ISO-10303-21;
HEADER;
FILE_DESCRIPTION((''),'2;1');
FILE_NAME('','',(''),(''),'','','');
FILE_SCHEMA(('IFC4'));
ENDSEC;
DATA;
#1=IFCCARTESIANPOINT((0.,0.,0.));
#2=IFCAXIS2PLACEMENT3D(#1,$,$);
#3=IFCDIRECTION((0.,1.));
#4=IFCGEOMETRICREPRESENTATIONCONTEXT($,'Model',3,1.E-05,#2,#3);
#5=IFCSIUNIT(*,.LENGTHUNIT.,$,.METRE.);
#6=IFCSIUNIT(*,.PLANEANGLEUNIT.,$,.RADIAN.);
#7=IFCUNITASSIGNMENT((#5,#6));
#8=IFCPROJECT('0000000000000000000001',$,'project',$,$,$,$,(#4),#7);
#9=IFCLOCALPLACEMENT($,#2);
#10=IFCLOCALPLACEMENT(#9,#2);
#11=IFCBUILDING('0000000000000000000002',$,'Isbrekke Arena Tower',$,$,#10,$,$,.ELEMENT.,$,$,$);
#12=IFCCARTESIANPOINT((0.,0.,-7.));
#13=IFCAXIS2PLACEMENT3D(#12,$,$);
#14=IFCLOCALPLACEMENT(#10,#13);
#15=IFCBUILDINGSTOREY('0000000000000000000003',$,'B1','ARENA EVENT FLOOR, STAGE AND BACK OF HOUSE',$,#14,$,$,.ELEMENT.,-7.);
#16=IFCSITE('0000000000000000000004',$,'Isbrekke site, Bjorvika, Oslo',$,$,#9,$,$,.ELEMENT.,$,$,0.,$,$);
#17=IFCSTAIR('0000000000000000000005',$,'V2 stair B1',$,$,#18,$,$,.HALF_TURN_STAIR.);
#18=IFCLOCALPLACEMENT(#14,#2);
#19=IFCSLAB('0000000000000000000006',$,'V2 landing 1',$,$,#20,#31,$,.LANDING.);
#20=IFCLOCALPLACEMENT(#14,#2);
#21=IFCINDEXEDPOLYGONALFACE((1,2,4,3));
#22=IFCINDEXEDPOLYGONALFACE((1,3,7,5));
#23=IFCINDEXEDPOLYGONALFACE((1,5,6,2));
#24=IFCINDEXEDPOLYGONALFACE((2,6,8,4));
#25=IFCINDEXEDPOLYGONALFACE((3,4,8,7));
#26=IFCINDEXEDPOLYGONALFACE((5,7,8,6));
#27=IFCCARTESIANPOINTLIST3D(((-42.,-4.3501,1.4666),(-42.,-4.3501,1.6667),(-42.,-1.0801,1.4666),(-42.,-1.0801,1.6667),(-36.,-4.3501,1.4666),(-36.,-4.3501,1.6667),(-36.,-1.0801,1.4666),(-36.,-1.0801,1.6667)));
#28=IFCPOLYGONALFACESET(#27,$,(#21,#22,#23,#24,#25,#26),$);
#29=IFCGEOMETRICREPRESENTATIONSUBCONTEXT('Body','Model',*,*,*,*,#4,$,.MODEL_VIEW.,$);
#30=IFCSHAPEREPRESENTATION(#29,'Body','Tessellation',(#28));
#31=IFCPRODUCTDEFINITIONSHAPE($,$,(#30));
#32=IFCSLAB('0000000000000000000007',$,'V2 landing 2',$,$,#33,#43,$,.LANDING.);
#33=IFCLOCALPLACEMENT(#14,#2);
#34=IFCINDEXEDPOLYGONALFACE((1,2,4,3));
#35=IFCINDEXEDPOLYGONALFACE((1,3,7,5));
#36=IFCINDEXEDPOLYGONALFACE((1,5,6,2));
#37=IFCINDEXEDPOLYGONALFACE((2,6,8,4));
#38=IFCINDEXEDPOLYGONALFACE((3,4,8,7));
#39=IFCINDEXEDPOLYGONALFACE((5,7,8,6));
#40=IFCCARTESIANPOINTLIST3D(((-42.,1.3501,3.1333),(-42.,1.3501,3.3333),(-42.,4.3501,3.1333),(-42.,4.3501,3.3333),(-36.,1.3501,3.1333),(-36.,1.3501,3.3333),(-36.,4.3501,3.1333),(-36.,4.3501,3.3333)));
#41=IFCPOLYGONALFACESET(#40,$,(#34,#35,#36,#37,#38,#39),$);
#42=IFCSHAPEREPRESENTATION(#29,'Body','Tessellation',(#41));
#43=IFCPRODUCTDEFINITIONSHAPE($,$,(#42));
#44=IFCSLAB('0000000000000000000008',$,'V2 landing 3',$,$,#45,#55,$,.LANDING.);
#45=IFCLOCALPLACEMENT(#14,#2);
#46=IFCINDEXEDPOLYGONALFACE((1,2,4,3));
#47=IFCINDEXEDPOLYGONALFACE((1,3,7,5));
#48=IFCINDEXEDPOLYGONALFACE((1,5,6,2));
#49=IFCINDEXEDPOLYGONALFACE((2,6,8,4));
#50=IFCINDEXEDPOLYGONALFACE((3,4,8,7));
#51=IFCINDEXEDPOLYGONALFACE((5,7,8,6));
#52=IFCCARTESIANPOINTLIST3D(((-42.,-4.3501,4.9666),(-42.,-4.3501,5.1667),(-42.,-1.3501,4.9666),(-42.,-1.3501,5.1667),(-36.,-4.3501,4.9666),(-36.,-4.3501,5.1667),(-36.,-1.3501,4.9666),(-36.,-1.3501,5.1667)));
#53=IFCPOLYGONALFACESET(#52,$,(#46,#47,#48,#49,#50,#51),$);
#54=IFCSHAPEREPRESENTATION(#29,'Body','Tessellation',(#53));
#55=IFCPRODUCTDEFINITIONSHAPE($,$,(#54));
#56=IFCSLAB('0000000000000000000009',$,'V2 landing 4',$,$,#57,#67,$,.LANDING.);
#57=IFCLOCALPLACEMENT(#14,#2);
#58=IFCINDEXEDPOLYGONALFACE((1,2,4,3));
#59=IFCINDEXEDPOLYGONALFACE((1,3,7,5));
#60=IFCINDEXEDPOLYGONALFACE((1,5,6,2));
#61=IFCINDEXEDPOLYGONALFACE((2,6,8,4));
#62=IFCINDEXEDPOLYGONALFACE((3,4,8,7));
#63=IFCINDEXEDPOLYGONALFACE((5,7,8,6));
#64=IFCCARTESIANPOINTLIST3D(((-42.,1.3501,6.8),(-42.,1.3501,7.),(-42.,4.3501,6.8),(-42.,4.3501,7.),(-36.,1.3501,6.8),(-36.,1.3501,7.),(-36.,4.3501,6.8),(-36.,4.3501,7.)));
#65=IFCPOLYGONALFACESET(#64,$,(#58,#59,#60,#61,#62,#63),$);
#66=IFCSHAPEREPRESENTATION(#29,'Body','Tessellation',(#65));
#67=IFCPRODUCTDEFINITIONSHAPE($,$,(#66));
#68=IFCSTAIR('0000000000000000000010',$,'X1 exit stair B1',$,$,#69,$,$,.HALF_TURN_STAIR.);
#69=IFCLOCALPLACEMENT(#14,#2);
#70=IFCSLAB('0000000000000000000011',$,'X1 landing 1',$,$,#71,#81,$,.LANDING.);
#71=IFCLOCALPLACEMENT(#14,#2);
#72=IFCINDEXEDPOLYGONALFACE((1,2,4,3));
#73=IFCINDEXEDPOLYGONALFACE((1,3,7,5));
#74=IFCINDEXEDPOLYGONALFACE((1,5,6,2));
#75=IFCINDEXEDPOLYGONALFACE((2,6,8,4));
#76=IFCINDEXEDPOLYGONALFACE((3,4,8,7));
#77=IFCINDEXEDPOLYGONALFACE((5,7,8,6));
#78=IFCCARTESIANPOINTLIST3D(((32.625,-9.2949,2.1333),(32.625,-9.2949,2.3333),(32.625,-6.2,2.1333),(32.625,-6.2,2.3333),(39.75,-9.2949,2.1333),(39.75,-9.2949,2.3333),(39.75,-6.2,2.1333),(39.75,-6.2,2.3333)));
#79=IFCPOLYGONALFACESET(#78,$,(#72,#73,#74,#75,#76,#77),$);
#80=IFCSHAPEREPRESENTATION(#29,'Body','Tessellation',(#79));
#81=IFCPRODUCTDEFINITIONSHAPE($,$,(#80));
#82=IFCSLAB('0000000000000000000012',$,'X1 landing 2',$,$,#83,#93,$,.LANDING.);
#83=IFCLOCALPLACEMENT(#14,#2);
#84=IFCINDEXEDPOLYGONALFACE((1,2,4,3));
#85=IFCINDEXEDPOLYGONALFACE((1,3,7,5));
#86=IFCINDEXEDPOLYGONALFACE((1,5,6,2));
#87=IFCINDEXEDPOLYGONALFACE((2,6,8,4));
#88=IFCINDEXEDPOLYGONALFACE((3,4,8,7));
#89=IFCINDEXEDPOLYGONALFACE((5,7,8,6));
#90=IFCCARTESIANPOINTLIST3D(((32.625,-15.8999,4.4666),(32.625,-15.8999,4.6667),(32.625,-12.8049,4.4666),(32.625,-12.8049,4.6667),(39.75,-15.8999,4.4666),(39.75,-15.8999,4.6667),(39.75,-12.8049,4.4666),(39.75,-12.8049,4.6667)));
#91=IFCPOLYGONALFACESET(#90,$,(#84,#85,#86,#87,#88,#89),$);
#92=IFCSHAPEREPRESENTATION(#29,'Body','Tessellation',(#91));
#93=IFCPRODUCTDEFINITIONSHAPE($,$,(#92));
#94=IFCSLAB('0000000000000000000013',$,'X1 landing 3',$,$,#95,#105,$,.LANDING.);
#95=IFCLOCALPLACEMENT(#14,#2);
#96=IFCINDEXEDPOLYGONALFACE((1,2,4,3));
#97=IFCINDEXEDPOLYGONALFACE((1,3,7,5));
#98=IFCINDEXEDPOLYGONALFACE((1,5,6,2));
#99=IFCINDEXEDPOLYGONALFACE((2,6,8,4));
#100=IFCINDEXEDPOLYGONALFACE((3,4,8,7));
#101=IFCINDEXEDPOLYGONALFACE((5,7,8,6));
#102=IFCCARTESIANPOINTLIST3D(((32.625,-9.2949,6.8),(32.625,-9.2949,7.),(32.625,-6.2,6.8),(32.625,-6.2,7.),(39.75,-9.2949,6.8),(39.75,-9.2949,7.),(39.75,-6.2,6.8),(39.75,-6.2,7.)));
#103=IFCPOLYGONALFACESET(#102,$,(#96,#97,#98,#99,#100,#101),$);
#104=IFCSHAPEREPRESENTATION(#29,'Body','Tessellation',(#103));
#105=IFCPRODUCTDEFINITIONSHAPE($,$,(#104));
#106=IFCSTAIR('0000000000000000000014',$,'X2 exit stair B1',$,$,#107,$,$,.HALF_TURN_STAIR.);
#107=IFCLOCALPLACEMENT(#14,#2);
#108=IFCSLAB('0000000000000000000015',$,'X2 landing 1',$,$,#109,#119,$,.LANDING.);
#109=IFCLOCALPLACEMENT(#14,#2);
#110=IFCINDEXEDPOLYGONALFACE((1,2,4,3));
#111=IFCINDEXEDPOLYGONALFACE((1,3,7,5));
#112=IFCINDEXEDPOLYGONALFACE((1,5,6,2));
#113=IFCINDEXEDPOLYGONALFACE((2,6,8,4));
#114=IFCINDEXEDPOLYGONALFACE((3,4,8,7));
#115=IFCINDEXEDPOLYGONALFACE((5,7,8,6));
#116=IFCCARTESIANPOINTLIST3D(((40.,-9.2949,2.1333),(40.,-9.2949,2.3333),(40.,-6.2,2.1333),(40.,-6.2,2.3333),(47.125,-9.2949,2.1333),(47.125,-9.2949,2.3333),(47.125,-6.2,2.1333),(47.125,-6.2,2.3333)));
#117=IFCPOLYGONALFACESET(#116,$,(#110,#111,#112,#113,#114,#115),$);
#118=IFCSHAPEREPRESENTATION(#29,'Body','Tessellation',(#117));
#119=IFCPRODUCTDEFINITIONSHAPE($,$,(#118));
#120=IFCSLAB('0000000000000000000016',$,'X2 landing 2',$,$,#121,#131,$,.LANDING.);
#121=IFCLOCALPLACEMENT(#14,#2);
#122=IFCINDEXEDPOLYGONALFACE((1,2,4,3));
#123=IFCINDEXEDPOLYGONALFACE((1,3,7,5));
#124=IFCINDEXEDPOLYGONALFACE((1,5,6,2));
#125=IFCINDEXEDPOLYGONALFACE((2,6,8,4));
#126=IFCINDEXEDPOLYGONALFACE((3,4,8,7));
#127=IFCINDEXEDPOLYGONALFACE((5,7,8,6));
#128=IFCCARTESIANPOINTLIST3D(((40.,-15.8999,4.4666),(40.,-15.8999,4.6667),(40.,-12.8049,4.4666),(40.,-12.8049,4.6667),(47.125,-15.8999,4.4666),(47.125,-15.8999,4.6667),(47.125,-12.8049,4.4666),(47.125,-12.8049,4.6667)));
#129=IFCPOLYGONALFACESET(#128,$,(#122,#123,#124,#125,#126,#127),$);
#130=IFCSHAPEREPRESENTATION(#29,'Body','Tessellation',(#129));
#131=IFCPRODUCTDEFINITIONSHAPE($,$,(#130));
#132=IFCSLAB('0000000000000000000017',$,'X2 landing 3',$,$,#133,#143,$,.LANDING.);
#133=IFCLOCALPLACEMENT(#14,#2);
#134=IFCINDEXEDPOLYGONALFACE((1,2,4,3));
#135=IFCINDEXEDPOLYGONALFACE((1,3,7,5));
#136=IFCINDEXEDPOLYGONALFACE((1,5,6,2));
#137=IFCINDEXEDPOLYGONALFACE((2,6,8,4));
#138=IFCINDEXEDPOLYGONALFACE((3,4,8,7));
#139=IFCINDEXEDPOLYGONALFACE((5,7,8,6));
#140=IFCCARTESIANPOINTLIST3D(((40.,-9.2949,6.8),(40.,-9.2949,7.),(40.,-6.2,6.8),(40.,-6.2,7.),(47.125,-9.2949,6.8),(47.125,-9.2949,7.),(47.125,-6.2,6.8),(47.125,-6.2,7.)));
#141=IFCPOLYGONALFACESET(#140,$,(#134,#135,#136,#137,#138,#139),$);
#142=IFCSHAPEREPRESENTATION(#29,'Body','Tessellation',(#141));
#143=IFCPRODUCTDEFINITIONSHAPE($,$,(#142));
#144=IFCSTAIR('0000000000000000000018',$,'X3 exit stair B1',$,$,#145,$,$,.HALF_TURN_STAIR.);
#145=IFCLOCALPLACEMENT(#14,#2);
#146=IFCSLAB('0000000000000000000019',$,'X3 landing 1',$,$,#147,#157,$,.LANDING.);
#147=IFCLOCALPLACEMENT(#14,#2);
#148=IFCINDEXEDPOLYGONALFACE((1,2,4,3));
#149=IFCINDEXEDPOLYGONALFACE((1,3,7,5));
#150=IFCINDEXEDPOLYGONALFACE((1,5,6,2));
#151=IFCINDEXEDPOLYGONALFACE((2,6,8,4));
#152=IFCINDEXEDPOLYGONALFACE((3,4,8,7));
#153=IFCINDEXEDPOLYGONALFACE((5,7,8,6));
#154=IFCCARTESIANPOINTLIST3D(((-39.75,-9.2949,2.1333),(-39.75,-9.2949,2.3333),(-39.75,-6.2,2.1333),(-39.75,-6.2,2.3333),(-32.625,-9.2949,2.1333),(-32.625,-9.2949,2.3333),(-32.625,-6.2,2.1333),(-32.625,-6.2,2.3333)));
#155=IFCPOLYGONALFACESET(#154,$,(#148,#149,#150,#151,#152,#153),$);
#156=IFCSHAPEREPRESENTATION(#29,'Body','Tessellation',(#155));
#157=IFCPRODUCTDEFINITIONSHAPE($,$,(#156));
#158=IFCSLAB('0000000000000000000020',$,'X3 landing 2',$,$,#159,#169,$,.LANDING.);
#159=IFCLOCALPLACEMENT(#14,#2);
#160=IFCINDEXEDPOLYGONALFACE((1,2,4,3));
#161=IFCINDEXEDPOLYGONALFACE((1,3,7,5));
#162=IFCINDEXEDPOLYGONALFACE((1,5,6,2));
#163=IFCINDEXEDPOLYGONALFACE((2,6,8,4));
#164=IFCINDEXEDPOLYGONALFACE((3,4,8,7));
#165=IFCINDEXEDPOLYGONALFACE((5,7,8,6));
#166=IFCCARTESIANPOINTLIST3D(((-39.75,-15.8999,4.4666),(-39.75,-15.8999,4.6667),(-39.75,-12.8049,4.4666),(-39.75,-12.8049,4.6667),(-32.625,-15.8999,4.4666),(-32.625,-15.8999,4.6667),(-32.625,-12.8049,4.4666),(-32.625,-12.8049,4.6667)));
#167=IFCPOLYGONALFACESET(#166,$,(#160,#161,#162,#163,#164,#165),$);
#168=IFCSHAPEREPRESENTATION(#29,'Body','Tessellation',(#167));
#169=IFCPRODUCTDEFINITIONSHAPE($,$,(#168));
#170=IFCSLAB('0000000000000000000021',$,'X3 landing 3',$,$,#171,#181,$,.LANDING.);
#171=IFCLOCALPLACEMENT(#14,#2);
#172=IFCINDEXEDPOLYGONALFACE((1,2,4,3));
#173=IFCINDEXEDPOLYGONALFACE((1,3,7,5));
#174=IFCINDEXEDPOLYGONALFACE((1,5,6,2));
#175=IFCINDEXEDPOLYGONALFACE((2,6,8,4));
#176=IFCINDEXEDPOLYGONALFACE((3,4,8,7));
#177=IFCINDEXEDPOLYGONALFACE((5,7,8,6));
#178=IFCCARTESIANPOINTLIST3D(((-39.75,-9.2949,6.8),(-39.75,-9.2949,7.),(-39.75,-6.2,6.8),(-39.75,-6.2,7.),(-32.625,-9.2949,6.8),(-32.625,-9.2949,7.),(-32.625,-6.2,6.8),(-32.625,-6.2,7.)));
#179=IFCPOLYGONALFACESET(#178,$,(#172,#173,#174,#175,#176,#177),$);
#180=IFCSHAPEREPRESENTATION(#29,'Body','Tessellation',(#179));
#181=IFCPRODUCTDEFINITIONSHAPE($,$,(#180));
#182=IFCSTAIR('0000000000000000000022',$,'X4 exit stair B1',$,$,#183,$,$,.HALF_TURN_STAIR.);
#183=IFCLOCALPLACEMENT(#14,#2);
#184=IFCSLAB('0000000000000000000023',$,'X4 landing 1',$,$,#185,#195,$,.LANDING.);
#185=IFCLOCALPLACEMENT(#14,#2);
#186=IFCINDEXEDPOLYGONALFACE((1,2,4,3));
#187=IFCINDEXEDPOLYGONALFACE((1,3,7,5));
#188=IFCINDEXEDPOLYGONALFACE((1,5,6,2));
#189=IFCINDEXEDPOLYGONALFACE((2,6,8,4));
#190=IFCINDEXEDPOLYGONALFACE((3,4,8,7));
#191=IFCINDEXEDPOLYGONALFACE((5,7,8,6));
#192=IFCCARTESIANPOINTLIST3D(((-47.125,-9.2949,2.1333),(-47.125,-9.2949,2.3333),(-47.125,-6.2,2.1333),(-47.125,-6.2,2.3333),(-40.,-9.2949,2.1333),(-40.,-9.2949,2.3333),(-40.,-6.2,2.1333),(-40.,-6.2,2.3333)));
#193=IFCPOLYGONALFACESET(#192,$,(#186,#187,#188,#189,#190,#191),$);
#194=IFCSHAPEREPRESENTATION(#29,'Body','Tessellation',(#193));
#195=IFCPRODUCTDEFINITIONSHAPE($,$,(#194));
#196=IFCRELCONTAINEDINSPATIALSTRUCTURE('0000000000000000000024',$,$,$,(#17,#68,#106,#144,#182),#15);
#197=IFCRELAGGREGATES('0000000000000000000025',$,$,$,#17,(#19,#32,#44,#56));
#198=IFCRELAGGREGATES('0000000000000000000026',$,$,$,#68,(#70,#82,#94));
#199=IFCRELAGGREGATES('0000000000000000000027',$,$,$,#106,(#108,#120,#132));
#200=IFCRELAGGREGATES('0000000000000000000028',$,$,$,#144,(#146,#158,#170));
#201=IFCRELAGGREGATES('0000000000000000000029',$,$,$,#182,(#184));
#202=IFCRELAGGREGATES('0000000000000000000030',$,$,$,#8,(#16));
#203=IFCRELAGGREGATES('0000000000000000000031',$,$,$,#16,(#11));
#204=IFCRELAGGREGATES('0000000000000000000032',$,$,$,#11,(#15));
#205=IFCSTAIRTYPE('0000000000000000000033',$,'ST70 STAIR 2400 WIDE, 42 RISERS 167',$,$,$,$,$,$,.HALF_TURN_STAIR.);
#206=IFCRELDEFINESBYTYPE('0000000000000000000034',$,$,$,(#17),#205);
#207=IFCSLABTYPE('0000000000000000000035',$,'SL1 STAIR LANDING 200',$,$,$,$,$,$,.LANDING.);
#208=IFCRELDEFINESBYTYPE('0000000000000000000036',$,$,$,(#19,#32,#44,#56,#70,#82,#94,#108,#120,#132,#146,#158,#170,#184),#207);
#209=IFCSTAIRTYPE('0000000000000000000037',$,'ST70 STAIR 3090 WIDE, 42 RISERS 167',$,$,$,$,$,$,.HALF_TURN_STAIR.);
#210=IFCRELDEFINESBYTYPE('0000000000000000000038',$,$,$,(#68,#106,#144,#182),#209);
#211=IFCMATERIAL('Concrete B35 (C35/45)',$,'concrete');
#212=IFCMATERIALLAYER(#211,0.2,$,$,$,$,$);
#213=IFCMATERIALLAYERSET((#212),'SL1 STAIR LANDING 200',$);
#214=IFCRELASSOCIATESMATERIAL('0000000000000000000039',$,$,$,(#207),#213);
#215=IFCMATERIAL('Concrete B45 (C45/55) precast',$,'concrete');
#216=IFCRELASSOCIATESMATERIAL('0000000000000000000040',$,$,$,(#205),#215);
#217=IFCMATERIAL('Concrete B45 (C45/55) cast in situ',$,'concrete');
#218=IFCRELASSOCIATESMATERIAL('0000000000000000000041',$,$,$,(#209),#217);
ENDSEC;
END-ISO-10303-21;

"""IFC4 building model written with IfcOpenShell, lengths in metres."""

from ifc_helpers import new_model, si_unit, direction, frame, origin, place, context, subcontext, project, spatial, polyline, outline, extrude, material, layer, layer_set, type_object, element, aggregate, save


model = new_model("IFC4")

# Units and contexts
model_context = context("Model", 3, precision=1e-05, world=origin(), true_north=direction((0.0, 1.0)))
body_context = subcontext(model_context, "Body", "Model", "MODEL_VIEW")
ifc_project = project(units=[si_unit("LENGTHUNIT", "METRE"), si_unit("PLANEANGLEUNIT", "RADIAN")], contexts=[model_context])

# Site, building, storey
site_placement = place(None, origin())
site = spatial("IfcSite", under=ifc_project, at=site_placement, Name="Isbrekke site, Bjorvika, Oslo", CompositionType="ELEMENT", RefElevation=0.0)
building_placement = place(site_placement, origin())
building = spatial("IfcBuilding", under=site, at=building_placement, Name="Isbrekke Arena Tower", CompositionType="ELEMENT")
storey_placement = place(building_placement, frame((0.0, 0.0, -7.0)))
storey = spatial("IfcBuildingStorey", under=building, at=storey_placement, Name="B1", Description="ARENA EVENT FLOOR, STAGE AND BACK OF HOUSE", CompositionType="ELEMENT", Elevation=-7.0)

# Stairs, slabs
ifc_material_1 = material(Name="Concrete B35 (C35/45)", Category="concrete")
ifc_layer = layer(ifc_material_1, 0.2)
ifc_layer_set = layer_set([ifc_layer], Name="SL1 STAIR LANDING 200")
slab_type = type_object("IfcSlabType", Name="SL1 STAIR LANDING 200", PredefinedType="LANDING", material=ifc_layer_set)
ifc_material_2 = material(Name="Concrete B45 (C45/55) precast", Category="concrete")
stair_type_1 = type_object("IfcStairType", Name="ST70 STAIR 2400 WIDE, 42 RISERS 167", PredefinedType="HALF_TURN_STAIR", material=ifc_material_2)
stair_1_placement = place(storey_placement, origin())
stair_1 = element("IfcStair", 1, at=stair_1_placement, inside=storey, type_object=stair_type_1, Name="V2 stair B1", PredefinedType="HALF_TURN_STAIR")
slab_1_placement = place(storey_placement, frame((0.0, 0.0, 1.4666)))
slab_1 = element("IfcSlab", 2, at=slab_1_placement, type_object=slab_type, Name="V2 landing 1", PredefinedType="LANDING", context=body_context, shape_type="SweptSolid", body=[
    extrude(outline(polyline([(-42.0, -4.3501), (-36.0, -4.3501), (-36.0, -1.0801), (-42.0, -1.0801), (-42.0, -4.3501)])), origin(), (0.0, 0.0, 1.0), 0.2002),
])
slab_2_placement = place(storey_placement, frame((0.0, 0.0, 3.1333)))
slab_2 = element("IfcSlab", 3, at=slab_2_placement, type_object=slab_type, Name="V2 landing 2", PredefinedType="LANDING", context=body_context, shape_type="SweptSolid", body=[
    extrude(outline(polyline([(-42.0, 1.3501), (-36.0, 1.3501), (-36.0, 4.3501), (-42.0, 4.3501), (-42.0, 1.3501)])), origin(), (0.0, 0.0, 1.0), 0.2),
])
slab_3_placement = place(storey_placement, frame((0.0, 0.0, 4.9666)))
slab_3 = element("IfcSlab", 4, at=slab_3_placement, type_object=slab_type, Name="V2 landing 3", PredefinedType="LANDING", context=body_context, shape_type="SweptSolid", body=[
    extrude(outline(polyline([(-42.0, -4.3501), (-36.0, -4.3501), (-36.0, -1.3501), (-42.0, -1.3501), (-42.0, -4.3501)])), origin(), (0.0, 0.0, 1.0), 0.2002),
])
slab_4_placement = place(storey_placement, frame((0.0, 0.0, 6.8)))
slab_4 = element("IfcSlab", 5, at=slab_4_placement, type_object=slab_type, Name="V2 landing 4", PredefinedType="LANDING", context=body_context, shape_type="SweptSolid", body=[
    extrude(outline(polyline([(-42.0, 1.3501), (-36.0, 1.3501), (-36.0, 4.3501), (-42.0, 4.3501), (-42.0, 1.3501)])), origin(), (0.0, 0.0, 1.0), 0.2),
])
aggregate(stair_1, [slab_1, slab_2, slab_3, slab_4])
ifc_material_3 = material(Name="Concrete B45 (C45/55) cast in situ", Category="concrete")
stair_type_2 = type_object("IfcStairType", Name="ST70 STAIR 3090 WIDE, 42 RISERS 167", PredefinedType="HALF_TURN_STAIR", material=ifc_material_3)
stair_2_placement = place(storey_placement, origin())
stair_2 = element("IfcStair", 6, at=stair_2_placement, inside=storey, type_object=stair_type_2, Name="X1 exit stair B1", PredefinedType="HALF_TURN_STAIR")
slab_5_placement = place(storey_placement, frame((0.0, 0.0, 2.1333)))
slab_5 = element("IfcSlab", 7, at=slab_5_placement, type_object=slab_type, Name="X1 landing 1", PredefinedType="LANDING", context=body_context, shape_type="SweptSolid", body=[
    extrude(outline(polyline([(32.625, -9.2949), (39.75, -9.2949), (39.75, -6.2), (32.625, -6.2), (32.625, -9.2949)])), origin(), (0.0, 0.0, 1.0), 0.2),
])
slab_6_placement = place(storey_placement, frame((0.0, 0.0, 4.4666)))
slab_6 = element("IfcSlab", 8, at=slab_6_placement, type_object=slab_type, Name="X1 landing 2", PredefinedType="LANDING", context=body_context, shape_type="SweptSolid", body=[
    extrude(outline(polyline([(32.625, -15.8999), (39.75, -15.8999), (39.75, -12.8049), (32.625, -12.8049), (32.625, -15.8999)])), origin(), (0.0, 0.0, 1.0), 0.2002),
])
slab_7_placement = place(storey_placement, frame((0.0, 0.0, 6.8)))
slab_7 = element("IfcSlab", 9, at=slab_7_placement, type_object=slab_type, Name="X1 landing 3", PredefinedType="LANDING", context=body_context, shape_type="SweptSolid", body=[
    extrude(outline(polyline([(32.625, -9.2949), (39.75, -9.2949), (39.75, -6.2), (32.625, -6.2), (32.625, -9.2949)])), origin(), (0.0, 0.0, 1.0), 0.2),
])
aggregate(stair_2, [slab_5, slab_6, slab_7])
stair_3_placement = place(storey_placement, origin())
stair_3 = element("IfcStair", 10, at=stair_3_placement, inside=storey, type_object=stair_type_2, Name="X2 exit stair B1", PredefinedType="HALF_TURN_STAIR")
slab_8_placement = place(storey_placement, frame((0.0, 0.0, 2.1333)))
slab_8 = element("IfcSlab", 11, at=slab_8_placement, type_object=slab_type, Name="X2 landing 1", PredefinedType="LANDING", context=body_context, shape_type="SweptSolid", body=[
    extrude(outline(polyline([(40.0, -9.2949), (47.125, -9.2949), (47.125, -6.2), (40.0, -6.2), (40.0, -9.2949)])), origin(), (0.0, 0.0, 1.0), 0.2),
])
slab_9_placement = place(storey_placement, frame((0.0, 0.0, 4.4666)))
slab_9 = element("IfcSlab", 12, at=slab_9_placement, type_object=slab_type, Name="X2 landing 2", PredefinedType="LANDING", context=body_context, shape_type="SweptSolid", body=[
    extrude(outline(polyline([(40.0, -15.8999), (47.125, -15.8999), (47.125, -12.8049), (40.0, -12.8049), (40.0, -15.8999)])), origin(), (0.0, 0.0, 1.0), 0.2002),
])
slab_10_placement = place(storey_placement, frame((0.0, 0.0, 6.8)))
slab_10 = element("IfcSlab", 13, at=slab_10_placement, type_object=slab_type, Name="X2 landing 3", PredefinedType="LANDING", context=body_context, shape_type="SweptSolid", body=[
    extrude(outline(polyline([(40.0, -9.2949), (47.125, -9.2949), (47.125, -6.2), (40.0, -6.2), (40.0, -9.2949)])), origin(), (0.0, 0.0, 1.0), 0.2),
])
aggregate(stair_3, [slab_8, slab_9, slab_10])
stair_4_placement = place(storey_placement, origin())
stair_4 = element("IfcStair", 14, at=stair_4_placement, inside=storey, type_object=stair_type_2, Name="X3 exit stair B1", PredefinedType="HALF_TURN_STAIR")
slab_11_placement = place(storey_placement, frame((0.0, 0.0, 2.1333)))
slab_11 = element("IfcSlab", 15, at=slab_11_placement, type_object=slab_type, Name="X3 landing 1", PredefinedType="LANDING", context=body_context, shape_type="SweptSolid", body=[
    extrude(outline(polyline([(-39.75, -9.2949), (-32.625, -9.2949), (-32.625, -6.2), (-39.75, -6.2), (-39.75, -9.2949)])), origin(), (0.0, 0.0, 1.0), 0.2),
])
slab_12_placement = place(storey_placement, frame((0.0, 0.0, 4.4666)))
slab_12 = element("IfcSlab", 16, at=slab_12_placement, type_object=slab_type, Name="X3 landing 2", PredefinedType="LANDING", context=body_context, shape_type="SweptSolid", body=[
    extrude(outline(polyline([(-39.75, -15.8999), (-32.625, -15.8999), (-32.625, -12.8049), (-39.75, -12.8049), (-39.75, -15.8999)])), origin(), (0.0, 0.0, 1.0), 0.2002),
])
slab_13_placement = place(storey_placement, frame((0.0, 0.0, 6.8)))
slab_13 = element("IfcSlab", 17, at=slab_13_placement, type_object=slab_type, Name="X3 landing 3", PredefinedType="LANDING", context=body_context, shape_type="SweptSolid", body=[
    extrude(outline(polyline([(-39.75, -9.2949), (-32.625, -9.2949), (-32.625, -6.2), (-39.75, -6.2), (-39.75, -9.2949)])), origin(), (0.0, 0.0, 1.0), 0.2),
])
aggregate(stair_4, [slab_11, slab_12, slab_13])

# Stair, slab
stair_5_placement = place(storey_placement, origin())
stair_5 = element("IfcStair", 18, at=stair_5_placement, inside=storey, type_object=stair_type_2, Name="X4 exit stair B1", PredefinedType="HALF_TURN_STAIR")
slab_14_placement = place(storey_placement, frame((0.0, 0.0, 2.1333)))
slab_14 = element("IfcSlab", 19, at=slab_14_placement, type_object=slab_type, Name="X4 landing 1", PredefinedType="LANDING", context=body_context, shape_type="SweptSolid", body=[
    extrude(outline(polyline([(-47.125, -9.2949), (-40.0, -9.2949), (-40.0, -6.2), (-47.125, -6.2), (-47.125, -9.2949)])), origin(), (0.0, 0.0, 1.0), 0.2),
])
aggregate(stair_5, [slab_14])

save(model, "model.ifc")
